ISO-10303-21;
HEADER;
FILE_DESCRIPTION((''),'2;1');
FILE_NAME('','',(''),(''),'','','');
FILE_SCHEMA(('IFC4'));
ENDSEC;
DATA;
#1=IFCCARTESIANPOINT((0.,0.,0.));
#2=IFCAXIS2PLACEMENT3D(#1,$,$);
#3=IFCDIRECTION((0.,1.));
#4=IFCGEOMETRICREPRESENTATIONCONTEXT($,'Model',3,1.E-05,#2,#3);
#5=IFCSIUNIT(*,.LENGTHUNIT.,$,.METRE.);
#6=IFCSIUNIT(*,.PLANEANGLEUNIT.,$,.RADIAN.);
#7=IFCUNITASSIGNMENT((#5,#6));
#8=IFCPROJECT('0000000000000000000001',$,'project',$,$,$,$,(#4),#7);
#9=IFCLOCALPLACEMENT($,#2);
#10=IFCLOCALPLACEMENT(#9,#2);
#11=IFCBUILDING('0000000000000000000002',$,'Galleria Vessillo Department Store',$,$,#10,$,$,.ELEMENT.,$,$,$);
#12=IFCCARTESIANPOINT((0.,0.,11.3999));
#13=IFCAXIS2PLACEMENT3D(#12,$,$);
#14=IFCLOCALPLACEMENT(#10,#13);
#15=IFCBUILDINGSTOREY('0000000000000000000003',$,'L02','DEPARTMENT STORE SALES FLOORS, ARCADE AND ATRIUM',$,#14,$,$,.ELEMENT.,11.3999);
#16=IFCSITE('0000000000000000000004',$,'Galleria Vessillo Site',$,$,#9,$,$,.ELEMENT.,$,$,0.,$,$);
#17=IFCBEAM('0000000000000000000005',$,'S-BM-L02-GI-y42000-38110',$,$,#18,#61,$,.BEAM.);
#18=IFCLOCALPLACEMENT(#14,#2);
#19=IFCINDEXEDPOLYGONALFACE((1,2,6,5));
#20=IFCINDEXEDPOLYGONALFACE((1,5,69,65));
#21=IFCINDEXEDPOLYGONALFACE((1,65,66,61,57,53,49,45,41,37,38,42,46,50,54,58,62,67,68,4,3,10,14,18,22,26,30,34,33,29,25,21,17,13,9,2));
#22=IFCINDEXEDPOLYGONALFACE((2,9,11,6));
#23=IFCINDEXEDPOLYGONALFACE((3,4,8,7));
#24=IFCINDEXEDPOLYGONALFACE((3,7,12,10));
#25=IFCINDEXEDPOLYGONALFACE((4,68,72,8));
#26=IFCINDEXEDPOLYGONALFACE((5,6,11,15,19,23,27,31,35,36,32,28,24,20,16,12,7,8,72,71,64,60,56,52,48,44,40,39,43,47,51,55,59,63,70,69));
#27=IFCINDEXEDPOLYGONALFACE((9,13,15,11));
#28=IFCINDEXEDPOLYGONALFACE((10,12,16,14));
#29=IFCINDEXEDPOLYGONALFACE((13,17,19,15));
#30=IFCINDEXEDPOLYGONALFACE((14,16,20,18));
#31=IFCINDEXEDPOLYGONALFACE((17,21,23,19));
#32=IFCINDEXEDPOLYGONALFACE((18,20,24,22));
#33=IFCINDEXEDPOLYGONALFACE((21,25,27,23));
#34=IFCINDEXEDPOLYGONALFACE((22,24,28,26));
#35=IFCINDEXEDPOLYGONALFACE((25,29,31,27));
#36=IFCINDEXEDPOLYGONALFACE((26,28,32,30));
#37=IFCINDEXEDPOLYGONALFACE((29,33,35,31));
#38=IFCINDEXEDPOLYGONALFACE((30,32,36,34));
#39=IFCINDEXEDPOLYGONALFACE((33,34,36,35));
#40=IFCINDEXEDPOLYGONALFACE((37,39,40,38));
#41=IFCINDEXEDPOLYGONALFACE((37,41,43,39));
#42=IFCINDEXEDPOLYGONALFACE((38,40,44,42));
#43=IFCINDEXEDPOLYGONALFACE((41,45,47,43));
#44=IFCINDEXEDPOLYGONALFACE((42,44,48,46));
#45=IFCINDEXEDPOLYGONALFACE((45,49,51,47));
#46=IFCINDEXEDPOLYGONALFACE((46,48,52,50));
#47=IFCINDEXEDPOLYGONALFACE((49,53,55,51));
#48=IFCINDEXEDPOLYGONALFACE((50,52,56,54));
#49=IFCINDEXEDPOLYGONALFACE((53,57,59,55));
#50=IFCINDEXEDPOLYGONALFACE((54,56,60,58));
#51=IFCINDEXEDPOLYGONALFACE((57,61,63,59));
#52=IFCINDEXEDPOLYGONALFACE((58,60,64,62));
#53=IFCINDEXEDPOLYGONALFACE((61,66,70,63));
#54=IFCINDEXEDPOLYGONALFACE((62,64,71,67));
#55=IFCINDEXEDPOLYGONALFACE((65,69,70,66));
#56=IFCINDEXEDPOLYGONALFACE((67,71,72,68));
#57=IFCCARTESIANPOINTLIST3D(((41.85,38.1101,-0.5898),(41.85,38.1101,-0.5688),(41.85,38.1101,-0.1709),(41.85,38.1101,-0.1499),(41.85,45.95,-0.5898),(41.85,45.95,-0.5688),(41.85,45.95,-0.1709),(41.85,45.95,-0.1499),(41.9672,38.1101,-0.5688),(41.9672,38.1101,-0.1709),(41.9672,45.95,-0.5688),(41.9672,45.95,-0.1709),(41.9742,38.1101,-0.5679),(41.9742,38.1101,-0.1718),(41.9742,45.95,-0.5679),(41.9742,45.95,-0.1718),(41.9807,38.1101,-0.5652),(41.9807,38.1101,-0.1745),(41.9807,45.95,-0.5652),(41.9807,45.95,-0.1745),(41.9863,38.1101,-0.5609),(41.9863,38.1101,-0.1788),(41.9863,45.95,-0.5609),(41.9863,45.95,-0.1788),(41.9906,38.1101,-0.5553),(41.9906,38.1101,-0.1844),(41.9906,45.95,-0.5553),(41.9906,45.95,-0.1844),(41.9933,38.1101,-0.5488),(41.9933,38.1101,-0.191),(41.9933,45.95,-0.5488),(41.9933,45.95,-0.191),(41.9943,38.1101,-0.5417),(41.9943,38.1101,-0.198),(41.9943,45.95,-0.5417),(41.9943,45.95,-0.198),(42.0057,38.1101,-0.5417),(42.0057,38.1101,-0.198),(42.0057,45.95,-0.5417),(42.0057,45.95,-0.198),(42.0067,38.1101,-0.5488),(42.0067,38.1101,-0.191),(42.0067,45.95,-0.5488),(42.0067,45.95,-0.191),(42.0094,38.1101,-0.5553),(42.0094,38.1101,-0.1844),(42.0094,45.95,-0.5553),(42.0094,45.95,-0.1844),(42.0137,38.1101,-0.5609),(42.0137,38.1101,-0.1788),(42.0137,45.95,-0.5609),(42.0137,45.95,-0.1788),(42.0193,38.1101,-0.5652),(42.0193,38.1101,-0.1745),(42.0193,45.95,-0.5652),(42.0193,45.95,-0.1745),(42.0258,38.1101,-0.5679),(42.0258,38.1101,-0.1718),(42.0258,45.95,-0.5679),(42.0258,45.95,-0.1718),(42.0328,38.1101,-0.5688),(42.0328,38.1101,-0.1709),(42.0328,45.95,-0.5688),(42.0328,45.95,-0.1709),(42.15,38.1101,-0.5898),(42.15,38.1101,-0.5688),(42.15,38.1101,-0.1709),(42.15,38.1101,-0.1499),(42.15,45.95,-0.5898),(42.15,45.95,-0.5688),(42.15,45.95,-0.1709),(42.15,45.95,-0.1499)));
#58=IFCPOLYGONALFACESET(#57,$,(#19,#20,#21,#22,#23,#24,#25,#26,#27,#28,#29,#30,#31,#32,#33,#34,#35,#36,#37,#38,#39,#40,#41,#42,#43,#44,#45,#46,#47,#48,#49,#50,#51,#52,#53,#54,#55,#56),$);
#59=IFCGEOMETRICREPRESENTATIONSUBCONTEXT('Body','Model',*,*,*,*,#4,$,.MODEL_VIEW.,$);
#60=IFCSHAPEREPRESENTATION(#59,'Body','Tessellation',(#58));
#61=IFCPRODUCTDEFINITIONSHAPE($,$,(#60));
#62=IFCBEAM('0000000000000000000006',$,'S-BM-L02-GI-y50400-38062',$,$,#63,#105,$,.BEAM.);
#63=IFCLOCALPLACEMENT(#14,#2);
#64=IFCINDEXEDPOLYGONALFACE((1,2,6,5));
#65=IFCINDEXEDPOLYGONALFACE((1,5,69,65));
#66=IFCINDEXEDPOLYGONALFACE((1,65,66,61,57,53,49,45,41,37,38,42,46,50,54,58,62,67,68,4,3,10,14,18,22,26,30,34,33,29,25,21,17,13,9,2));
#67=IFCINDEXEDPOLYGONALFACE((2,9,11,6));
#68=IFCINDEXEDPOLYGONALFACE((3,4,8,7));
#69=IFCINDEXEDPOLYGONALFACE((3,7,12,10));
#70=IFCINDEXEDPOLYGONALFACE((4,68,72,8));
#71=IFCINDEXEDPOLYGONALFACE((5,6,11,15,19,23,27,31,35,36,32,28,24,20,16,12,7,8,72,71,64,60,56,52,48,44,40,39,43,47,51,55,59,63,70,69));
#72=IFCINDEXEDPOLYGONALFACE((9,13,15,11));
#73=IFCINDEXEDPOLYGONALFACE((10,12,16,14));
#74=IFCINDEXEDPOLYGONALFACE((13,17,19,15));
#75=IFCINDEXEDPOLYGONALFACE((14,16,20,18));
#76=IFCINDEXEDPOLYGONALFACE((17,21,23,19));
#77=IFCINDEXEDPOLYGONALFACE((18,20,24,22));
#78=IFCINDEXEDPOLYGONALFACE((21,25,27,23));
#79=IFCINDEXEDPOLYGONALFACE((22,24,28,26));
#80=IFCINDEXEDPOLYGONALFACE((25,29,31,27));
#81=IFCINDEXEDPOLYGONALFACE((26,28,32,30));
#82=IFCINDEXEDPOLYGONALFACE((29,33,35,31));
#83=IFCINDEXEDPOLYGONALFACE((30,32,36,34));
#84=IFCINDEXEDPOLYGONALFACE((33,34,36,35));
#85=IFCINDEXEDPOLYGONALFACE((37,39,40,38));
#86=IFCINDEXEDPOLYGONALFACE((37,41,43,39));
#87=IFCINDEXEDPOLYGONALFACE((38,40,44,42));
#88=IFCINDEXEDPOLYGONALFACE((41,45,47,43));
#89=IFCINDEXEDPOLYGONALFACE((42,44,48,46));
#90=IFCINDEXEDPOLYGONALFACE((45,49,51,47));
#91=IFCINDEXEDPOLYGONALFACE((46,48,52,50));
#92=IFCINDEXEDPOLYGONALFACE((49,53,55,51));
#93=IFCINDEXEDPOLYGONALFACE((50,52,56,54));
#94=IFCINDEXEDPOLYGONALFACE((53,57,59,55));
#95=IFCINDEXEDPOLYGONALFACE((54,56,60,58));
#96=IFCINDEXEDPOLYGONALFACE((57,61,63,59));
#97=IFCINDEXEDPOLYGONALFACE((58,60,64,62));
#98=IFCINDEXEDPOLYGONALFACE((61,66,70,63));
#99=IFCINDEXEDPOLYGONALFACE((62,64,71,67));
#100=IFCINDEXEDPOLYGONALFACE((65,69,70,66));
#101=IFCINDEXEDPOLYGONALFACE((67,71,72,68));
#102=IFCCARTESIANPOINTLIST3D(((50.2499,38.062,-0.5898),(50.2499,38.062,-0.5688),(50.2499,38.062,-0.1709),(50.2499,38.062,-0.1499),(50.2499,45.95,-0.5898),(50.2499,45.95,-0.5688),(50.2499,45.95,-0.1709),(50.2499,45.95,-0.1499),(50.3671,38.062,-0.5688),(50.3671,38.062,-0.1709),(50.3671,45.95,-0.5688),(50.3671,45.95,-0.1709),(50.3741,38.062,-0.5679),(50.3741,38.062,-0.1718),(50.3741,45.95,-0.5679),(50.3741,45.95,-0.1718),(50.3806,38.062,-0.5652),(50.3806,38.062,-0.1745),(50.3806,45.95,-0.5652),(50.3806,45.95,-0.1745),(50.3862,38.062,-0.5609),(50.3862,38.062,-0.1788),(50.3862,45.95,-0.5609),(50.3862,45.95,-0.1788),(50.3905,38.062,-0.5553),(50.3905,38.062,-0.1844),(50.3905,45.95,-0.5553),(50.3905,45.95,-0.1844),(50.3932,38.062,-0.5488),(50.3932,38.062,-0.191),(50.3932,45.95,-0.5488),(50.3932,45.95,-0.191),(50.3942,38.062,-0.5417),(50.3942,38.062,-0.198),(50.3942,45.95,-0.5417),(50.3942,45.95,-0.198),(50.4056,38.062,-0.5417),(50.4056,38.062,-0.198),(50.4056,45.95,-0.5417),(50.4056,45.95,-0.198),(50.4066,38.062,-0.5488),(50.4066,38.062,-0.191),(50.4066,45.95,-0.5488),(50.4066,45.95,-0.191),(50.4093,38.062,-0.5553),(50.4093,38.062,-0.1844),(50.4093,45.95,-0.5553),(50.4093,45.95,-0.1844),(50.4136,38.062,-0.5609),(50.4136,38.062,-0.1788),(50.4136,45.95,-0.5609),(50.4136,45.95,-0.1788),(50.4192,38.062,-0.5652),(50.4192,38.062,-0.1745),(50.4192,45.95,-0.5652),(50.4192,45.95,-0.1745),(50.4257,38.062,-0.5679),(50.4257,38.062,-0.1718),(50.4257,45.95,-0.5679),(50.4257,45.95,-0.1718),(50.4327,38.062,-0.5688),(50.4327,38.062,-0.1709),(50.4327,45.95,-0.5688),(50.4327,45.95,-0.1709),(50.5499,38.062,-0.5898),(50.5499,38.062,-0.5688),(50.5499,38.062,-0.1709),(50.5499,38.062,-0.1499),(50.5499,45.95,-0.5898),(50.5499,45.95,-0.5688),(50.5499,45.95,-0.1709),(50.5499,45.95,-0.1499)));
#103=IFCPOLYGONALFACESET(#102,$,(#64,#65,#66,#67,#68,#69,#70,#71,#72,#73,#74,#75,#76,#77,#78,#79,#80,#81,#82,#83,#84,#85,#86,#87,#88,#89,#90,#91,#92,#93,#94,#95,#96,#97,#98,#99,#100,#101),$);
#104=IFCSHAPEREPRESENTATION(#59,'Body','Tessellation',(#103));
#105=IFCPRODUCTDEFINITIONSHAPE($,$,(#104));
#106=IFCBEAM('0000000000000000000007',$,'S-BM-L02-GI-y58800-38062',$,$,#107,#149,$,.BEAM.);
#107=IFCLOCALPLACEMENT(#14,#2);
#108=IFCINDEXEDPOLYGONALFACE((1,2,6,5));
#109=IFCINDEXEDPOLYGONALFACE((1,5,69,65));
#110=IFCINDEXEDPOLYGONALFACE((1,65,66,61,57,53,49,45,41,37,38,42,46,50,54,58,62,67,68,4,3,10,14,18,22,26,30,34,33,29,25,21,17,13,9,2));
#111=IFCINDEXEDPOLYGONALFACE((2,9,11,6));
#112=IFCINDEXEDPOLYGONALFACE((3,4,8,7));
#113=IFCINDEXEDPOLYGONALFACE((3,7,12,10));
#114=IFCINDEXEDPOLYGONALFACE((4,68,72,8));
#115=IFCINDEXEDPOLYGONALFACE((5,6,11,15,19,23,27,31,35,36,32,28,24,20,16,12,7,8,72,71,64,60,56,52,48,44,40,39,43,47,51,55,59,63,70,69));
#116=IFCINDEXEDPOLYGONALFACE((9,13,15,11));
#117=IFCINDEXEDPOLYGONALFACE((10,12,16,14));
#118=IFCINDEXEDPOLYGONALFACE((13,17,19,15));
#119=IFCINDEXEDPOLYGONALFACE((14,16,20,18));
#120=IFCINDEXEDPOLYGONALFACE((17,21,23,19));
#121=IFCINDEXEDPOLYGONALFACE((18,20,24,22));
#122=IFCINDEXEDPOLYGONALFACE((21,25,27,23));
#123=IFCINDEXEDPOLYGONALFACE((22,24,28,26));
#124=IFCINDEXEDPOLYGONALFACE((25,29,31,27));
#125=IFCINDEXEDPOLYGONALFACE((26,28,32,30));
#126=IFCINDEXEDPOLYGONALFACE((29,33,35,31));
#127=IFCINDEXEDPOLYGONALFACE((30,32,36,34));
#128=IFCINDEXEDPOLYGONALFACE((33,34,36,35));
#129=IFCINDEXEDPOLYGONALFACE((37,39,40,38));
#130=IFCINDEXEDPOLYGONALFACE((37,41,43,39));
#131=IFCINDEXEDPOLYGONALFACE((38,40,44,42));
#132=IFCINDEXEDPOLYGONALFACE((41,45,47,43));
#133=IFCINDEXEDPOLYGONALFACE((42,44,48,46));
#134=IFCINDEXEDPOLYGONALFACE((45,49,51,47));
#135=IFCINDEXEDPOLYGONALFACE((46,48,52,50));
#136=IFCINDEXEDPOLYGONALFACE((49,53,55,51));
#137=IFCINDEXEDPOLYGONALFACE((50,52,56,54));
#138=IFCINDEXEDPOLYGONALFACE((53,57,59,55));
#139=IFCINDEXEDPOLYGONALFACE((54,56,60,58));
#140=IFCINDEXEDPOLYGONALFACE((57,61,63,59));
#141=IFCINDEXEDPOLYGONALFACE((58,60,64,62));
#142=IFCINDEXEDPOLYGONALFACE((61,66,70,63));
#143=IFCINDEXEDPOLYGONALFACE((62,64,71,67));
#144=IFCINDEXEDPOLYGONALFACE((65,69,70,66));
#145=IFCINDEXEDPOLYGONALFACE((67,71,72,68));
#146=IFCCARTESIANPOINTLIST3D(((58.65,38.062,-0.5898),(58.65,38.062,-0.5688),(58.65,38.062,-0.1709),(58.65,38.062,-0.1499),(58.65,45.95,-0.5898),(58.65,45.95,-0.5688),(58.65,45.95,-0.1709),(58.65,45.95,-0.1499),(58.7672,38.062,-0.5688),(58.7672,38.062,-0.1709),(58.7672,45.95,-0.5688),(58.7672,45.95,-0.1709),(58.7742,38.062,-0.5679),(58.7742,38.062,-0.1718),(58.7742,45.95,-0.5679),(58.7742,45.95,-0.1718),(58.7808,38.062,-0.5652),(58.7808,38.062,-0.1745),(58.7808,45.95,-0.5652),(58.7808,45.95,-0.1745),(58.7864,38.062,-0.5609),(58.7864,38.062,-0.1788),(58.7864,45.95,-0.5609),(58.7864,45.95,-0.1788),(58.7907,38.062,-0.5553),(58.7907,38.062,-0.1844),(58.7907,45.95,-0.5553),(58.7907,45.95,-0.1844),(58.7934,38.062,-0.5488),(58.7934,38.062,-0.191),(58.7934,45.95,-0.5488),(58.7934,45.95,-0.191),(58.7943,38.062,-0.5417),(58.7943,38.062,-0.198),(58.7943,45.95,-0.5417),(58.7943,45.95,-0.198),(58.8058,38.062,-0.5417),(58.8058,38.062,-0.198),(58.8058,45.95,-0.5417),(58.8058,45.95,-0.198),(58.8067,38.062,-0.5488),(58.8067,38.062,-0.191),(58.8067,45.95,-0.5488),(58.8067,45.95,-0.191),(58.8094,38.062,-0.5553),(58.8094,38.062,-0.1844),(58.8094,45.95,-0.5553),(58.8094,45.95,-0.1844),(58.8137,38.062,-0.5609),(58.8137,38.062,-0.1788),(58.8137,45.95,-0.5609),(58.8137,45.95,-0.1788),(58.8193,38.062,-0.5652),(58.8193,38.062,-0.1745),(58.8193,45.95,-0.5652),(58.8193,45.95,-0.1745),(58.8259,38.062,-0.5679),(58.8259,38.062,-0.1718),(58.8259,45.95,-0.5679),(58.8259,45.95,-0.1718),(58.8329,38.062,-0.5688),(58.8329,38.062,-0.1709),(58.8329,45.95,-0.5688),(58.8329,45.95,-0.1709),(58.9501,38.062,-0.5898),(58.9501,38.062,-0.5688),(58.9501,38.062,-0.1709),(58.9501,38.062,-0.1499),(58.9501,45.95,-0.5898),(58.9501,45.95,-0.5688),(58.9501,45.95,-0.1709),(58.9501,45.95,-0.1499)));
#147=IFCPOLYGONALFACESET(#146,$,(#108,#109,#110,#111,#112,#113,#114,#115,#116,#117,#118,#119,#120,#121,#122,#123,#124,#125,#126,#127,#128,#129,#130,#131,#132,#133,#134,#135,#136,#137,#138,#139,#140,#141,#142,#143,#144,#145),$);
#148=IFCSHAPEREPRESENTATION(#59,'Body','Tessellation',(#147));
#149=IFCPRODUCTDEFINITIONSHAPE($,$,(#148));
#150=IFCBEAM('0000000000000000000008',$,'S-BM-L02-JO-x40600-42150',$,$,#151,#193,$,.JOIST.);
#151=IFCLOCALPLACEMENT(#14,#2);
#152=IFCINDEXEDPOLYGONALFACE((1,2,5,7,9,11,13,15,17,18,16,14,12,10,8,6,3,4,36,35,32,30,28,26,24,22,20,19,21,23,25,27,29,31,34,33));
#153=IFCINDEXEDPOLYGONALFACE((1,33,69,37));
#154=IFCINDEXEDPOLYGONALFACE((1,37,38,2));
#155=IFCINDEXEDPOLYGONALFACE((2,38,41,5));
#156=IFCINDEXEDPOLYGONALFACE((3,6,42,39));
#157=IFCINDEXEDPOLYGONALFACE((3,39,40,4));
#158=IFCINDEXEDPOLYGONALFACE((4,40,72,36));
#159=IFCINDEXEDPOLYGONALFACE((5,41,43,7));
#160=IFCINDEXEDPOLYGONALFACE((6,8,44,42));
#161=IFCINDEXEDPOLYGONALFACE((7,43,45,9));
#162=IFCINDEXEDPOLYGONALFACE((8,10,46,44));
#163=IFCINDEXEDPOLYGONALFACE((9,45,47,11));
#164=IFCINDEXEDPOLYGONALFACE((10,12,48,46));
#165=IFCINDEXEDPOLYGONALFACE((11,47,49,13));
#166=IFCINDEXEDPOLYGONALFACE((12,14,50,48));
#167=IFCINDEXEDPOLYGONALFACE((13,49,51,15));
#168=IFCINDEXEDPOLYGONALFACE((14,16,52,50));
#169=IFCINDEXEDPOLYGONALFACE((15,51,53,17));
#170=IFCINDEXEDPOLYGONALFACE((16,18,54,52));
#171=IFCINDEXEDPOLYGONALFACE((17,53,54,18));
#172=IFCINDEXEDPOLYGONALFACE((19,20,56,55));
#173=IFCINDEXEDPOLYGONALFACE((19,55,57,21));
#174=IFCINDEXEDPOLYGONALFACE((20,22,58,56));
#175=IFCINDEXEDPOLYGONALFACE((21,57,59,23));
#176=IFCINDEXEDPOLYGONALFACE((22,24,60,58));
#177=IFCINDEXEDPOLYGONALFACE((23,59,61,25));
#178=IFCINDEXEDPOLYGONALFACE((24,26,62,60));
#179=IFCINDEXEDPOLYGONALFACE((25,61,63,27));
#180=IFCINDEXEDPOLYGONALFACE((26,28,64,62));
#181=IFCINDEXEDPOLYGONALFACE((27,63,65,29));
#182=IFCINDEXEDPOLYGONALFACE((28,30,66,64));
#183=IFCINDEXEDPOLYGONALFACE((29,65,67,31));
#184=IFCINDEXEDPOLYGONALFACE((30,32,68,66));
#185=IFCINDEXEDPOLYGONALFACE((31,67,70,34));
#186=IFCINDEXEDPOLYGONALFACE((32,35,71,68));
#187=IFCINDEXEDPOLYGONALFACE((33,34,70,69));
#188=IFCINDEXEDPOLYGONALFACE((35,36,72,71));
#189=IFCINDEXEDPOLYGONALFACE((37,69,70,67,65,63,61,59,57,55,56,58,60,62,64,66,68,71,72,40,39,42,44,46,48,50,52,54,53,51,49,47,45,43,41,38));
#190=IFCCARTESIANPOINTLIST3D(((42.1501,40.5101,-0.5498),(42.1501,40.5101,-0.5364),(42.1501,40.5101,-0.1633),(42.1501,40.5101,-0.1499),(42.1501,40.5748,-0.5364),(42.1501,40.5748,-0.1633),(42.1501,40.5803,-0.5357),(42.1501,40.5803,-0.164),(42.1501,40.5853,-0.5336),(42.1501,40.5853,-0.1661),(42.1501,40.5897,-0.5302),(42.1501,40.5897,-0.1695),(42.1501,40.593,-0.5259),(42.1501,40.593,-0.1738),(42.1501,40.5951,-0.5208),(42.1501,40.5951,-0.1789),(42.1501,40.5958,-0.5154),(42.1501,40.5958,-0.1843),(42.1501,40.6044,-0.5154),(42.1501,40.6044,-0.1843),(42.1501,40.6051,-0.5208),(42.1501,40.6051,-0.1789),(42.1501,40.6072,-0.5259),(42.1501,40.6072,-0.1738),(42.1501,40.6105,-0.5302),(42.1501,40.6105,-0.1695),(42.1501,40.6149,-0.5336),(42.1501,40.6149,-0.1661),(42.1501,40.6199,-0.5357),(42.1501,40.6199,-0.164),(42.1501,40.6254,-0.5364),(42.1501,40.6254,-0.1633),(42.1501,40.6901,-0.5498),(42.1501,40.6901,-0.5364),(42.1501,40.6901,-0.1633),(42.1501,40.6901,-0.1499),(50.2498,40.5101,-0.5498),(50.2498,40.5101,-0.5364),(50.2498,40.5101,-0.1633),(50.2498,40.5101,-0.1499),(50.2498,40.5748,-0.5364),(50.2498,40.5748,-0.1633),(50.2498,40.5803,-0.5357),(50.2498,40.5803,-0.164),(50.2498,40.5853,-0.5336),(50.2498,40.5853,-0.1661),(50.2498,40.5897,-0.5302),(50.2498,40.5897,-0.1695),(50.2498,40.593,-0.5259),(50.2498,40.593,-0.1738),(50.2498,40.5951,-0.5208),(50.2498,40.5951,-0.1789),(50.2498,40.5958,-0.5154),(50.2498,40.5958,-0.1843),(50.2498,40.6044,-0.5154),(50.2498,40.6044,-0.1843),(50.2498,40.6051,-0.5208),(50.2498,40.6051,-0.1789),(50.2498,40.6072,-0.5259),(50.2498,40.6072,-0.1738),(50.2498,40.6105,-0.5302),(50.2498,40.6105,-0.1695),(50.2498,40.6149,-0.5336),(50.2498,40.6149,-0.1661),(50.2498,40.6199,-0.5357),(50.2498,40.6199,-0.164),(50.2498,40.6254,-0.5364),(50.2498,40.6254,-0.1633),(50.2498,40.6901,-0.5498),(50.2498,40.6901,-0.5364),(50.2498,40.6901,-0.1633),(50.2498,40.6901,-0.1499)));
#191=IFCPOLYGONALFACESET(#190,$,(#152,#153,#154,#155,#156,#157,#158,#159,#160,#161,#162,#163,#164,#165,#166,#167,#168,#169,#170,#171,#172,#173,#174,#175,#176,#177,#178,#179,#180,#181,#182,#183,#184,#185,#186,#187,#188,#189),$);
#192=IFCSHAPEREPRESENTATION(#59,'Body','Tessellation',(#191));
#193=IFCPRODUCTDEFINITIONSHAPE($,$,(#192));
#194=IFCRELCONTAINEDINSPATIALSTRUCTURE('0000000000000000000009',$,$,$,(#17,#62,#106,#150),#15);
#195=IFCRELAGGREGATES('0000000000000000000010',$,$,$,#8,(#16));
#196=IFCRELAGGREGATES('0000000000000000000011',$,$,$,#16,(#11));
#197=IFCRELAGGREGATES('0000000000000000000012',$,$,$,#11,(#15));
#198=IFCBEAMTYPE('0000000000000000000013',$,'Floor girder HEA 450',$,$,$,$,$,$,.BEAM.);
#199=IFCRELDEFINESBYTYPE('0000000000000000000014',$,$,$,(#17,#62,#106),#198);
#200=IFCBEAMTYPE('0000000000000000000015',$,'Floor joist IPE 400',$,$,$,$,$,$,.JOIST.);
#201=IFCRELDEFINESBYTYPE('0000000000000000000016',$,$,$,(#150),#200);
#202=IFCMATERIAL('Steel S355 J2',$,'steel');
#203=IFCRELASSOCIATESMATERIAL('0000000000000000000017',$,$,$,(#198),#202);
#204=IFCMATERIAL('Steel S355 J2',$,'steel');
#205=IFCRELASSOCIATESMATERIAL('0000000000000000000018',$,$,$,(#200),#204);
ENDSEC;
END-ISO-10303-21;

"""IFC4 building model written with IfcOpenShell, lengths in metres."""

from ifc_helpers import new_model, si_unit, direction, frame, origin, origin_2d, place, context, subcontext, project, spatial, i_section, extrude, material, material_profile, profile_set, type_object, element, save


model = new_model("IFC4")

# Units and contexts
model_context = context("Model", 3, precision=1e-05, world=origin(), true_north=direction((0.0, 1.0)))
body_context = subcontext(model_context, "Body", "Model", "MODEL_VIEW")
ifc_project = project(units=[si_unit("LENGTHUNIT", "METRE"), si_unit("PLANEANGLEUNIT", "RADIAN")], contexts=[model_context])

# Site, building, storey
site_placement = place(None, origin())
site = spatial("IfcSite", under=ifc_project, at=site_placement, Name="Galleria Vessillo Site", CompositionType="ELEMENT", RefElevation=0.0)
building_placement = place(site_placement, origin())
building = spatial("IfcBuilding", under=site, at=building_placement, Name="Galleria Vessillo Department Store", CompositionType="ELEMENT")
storey_placement = place(building_placement, frame((0.0, 0.0, 11.3999)))
storey = spatial("IfcBuildingStorey", under=building, at=storey_placement, Name="L02", Description="DEPARTMENT STORE SALES FLOORS, ARCADE AND ATRIUM", CompositionType="ELEMENT", Elevation=11.3999)

# Beams
ifc_material_1 = material(Name="Steel S355 J2", Category="steel")
ifc_material_profile_1 = material_profile(ifc_material_1, i_section(OverallWidth=0.3, OverallDepth=0.4399, WebThickness=0.0115, FlangeThickness=0.021, FilletRadius=0.0271, at=origin_2d()), Name="HEA 450")
ifc_profile_set_1 = profile_set([ifc_material_profile_1], Name="Steel S355 J2")
beam_type_1 = type_object("IfcBeamType", Name="Floor girder HEA 450", PredefinedType="BEAM", material=ifc_profile_set_1)
beam_1_placement = place(storey_placement, frame((42.0, 38.1101, -0.3699), z_axis=(0.0, 1.0, 0.0), x_axis=(-1.0, 0.0, 0.0)))
element("IfcBeam", 1, at=beam_1_placement, inside=storey, type_object=beam_type_1, Name="S-BM-L02-GI-y42000-38110", PredefinedType="BEAM", context=body_context, shape_type="SweptSolid", body=[
    extrude(i_section(OverallWidth=0.3, OverallDepth=0.4399, WebThickness=0.0115, FlangeThickness=0.021, FilletRadius=0.0271, at=origin_2d()), origin(), (0.0, 0.0, 1.0), 7.8398),
])
for number, where, z_axis, x_axis, name in (
    (2, (50.3999, 38.062, -0.3699), (0.0, 1.0, 0.0), (-1.0, 0.0, 0.0), "S-BM-L02-GI-y50400-38062"),
    (3, (58.8, 38.062, -0.3699), (0.0, 1.0, 0.0), (-1.0, 0.0, 0.0), "S-BM-L02-GI-y58800-38062"),
):
    element("IfcBeam", number, at=place(storey_placement, frame(where, z_axis=z_axis, x_axis=x_axis)), inside=storey, type_object=beam_type_1, Name=name, PredefinedType="BEAM", context=body_context, shape_type="SweptSolid", body=[
        extrude(i_section(OverallWidth=0.3, OverallDepth=0.4399, WebThickness=0.0115, FlangeThickness=0.021, FilletRadius=0.0271, at=origin_2d()), origin(), (0.0, 0.0, 1.0), 7.8879),
    ])
ifc_material_2 = material(Name="Steel S355 J2", Category="steel")
ifc_material_profile_2 = material_profile(ifc_material_2, i_section(OverallWidth=0.1799, OverallDepth=0.3999, WebThickness=0.0085, FlangeThickness=0.0134, FilletRadius=0.021, at=origin_2d()), Name="IPE 400")
ifc_profile_set_2 = profile_set([ifc_material_profile_2], Name="Steel S355 J2")
beam_type_2 = type_object("IfcBeamType", Name="Floor joist IPE 400", PredefinedType="JOIST", material=ifc_profile_set_2)
beam_2_placement = place(storey_placement, frame((42.1501, 40.6001, -0.3499), z_axis=(1.0, 0.0, 0.0), x_axis=(0.0, 1.0, 0.0)))
element("IfcBeam", 4, at=beam_2_placement, inside=storey, type_object=beam_type_2, Name="S-BM-L02-JO-x40600-42150", PredefinedType="JOIST", context=body_context, shape_type="SweptSolid", body=[
    extrude(i_section(OverallWidth=0.1799, OverallDepth=0.3999, WebThickness=0.0085, FlangeThickness=0.0134, FilletRadius=0.021, at=origin_2d()), origin(), (0.0, 0.0, 1.0), 8.0996),
])

save(model, "model.ifc")
